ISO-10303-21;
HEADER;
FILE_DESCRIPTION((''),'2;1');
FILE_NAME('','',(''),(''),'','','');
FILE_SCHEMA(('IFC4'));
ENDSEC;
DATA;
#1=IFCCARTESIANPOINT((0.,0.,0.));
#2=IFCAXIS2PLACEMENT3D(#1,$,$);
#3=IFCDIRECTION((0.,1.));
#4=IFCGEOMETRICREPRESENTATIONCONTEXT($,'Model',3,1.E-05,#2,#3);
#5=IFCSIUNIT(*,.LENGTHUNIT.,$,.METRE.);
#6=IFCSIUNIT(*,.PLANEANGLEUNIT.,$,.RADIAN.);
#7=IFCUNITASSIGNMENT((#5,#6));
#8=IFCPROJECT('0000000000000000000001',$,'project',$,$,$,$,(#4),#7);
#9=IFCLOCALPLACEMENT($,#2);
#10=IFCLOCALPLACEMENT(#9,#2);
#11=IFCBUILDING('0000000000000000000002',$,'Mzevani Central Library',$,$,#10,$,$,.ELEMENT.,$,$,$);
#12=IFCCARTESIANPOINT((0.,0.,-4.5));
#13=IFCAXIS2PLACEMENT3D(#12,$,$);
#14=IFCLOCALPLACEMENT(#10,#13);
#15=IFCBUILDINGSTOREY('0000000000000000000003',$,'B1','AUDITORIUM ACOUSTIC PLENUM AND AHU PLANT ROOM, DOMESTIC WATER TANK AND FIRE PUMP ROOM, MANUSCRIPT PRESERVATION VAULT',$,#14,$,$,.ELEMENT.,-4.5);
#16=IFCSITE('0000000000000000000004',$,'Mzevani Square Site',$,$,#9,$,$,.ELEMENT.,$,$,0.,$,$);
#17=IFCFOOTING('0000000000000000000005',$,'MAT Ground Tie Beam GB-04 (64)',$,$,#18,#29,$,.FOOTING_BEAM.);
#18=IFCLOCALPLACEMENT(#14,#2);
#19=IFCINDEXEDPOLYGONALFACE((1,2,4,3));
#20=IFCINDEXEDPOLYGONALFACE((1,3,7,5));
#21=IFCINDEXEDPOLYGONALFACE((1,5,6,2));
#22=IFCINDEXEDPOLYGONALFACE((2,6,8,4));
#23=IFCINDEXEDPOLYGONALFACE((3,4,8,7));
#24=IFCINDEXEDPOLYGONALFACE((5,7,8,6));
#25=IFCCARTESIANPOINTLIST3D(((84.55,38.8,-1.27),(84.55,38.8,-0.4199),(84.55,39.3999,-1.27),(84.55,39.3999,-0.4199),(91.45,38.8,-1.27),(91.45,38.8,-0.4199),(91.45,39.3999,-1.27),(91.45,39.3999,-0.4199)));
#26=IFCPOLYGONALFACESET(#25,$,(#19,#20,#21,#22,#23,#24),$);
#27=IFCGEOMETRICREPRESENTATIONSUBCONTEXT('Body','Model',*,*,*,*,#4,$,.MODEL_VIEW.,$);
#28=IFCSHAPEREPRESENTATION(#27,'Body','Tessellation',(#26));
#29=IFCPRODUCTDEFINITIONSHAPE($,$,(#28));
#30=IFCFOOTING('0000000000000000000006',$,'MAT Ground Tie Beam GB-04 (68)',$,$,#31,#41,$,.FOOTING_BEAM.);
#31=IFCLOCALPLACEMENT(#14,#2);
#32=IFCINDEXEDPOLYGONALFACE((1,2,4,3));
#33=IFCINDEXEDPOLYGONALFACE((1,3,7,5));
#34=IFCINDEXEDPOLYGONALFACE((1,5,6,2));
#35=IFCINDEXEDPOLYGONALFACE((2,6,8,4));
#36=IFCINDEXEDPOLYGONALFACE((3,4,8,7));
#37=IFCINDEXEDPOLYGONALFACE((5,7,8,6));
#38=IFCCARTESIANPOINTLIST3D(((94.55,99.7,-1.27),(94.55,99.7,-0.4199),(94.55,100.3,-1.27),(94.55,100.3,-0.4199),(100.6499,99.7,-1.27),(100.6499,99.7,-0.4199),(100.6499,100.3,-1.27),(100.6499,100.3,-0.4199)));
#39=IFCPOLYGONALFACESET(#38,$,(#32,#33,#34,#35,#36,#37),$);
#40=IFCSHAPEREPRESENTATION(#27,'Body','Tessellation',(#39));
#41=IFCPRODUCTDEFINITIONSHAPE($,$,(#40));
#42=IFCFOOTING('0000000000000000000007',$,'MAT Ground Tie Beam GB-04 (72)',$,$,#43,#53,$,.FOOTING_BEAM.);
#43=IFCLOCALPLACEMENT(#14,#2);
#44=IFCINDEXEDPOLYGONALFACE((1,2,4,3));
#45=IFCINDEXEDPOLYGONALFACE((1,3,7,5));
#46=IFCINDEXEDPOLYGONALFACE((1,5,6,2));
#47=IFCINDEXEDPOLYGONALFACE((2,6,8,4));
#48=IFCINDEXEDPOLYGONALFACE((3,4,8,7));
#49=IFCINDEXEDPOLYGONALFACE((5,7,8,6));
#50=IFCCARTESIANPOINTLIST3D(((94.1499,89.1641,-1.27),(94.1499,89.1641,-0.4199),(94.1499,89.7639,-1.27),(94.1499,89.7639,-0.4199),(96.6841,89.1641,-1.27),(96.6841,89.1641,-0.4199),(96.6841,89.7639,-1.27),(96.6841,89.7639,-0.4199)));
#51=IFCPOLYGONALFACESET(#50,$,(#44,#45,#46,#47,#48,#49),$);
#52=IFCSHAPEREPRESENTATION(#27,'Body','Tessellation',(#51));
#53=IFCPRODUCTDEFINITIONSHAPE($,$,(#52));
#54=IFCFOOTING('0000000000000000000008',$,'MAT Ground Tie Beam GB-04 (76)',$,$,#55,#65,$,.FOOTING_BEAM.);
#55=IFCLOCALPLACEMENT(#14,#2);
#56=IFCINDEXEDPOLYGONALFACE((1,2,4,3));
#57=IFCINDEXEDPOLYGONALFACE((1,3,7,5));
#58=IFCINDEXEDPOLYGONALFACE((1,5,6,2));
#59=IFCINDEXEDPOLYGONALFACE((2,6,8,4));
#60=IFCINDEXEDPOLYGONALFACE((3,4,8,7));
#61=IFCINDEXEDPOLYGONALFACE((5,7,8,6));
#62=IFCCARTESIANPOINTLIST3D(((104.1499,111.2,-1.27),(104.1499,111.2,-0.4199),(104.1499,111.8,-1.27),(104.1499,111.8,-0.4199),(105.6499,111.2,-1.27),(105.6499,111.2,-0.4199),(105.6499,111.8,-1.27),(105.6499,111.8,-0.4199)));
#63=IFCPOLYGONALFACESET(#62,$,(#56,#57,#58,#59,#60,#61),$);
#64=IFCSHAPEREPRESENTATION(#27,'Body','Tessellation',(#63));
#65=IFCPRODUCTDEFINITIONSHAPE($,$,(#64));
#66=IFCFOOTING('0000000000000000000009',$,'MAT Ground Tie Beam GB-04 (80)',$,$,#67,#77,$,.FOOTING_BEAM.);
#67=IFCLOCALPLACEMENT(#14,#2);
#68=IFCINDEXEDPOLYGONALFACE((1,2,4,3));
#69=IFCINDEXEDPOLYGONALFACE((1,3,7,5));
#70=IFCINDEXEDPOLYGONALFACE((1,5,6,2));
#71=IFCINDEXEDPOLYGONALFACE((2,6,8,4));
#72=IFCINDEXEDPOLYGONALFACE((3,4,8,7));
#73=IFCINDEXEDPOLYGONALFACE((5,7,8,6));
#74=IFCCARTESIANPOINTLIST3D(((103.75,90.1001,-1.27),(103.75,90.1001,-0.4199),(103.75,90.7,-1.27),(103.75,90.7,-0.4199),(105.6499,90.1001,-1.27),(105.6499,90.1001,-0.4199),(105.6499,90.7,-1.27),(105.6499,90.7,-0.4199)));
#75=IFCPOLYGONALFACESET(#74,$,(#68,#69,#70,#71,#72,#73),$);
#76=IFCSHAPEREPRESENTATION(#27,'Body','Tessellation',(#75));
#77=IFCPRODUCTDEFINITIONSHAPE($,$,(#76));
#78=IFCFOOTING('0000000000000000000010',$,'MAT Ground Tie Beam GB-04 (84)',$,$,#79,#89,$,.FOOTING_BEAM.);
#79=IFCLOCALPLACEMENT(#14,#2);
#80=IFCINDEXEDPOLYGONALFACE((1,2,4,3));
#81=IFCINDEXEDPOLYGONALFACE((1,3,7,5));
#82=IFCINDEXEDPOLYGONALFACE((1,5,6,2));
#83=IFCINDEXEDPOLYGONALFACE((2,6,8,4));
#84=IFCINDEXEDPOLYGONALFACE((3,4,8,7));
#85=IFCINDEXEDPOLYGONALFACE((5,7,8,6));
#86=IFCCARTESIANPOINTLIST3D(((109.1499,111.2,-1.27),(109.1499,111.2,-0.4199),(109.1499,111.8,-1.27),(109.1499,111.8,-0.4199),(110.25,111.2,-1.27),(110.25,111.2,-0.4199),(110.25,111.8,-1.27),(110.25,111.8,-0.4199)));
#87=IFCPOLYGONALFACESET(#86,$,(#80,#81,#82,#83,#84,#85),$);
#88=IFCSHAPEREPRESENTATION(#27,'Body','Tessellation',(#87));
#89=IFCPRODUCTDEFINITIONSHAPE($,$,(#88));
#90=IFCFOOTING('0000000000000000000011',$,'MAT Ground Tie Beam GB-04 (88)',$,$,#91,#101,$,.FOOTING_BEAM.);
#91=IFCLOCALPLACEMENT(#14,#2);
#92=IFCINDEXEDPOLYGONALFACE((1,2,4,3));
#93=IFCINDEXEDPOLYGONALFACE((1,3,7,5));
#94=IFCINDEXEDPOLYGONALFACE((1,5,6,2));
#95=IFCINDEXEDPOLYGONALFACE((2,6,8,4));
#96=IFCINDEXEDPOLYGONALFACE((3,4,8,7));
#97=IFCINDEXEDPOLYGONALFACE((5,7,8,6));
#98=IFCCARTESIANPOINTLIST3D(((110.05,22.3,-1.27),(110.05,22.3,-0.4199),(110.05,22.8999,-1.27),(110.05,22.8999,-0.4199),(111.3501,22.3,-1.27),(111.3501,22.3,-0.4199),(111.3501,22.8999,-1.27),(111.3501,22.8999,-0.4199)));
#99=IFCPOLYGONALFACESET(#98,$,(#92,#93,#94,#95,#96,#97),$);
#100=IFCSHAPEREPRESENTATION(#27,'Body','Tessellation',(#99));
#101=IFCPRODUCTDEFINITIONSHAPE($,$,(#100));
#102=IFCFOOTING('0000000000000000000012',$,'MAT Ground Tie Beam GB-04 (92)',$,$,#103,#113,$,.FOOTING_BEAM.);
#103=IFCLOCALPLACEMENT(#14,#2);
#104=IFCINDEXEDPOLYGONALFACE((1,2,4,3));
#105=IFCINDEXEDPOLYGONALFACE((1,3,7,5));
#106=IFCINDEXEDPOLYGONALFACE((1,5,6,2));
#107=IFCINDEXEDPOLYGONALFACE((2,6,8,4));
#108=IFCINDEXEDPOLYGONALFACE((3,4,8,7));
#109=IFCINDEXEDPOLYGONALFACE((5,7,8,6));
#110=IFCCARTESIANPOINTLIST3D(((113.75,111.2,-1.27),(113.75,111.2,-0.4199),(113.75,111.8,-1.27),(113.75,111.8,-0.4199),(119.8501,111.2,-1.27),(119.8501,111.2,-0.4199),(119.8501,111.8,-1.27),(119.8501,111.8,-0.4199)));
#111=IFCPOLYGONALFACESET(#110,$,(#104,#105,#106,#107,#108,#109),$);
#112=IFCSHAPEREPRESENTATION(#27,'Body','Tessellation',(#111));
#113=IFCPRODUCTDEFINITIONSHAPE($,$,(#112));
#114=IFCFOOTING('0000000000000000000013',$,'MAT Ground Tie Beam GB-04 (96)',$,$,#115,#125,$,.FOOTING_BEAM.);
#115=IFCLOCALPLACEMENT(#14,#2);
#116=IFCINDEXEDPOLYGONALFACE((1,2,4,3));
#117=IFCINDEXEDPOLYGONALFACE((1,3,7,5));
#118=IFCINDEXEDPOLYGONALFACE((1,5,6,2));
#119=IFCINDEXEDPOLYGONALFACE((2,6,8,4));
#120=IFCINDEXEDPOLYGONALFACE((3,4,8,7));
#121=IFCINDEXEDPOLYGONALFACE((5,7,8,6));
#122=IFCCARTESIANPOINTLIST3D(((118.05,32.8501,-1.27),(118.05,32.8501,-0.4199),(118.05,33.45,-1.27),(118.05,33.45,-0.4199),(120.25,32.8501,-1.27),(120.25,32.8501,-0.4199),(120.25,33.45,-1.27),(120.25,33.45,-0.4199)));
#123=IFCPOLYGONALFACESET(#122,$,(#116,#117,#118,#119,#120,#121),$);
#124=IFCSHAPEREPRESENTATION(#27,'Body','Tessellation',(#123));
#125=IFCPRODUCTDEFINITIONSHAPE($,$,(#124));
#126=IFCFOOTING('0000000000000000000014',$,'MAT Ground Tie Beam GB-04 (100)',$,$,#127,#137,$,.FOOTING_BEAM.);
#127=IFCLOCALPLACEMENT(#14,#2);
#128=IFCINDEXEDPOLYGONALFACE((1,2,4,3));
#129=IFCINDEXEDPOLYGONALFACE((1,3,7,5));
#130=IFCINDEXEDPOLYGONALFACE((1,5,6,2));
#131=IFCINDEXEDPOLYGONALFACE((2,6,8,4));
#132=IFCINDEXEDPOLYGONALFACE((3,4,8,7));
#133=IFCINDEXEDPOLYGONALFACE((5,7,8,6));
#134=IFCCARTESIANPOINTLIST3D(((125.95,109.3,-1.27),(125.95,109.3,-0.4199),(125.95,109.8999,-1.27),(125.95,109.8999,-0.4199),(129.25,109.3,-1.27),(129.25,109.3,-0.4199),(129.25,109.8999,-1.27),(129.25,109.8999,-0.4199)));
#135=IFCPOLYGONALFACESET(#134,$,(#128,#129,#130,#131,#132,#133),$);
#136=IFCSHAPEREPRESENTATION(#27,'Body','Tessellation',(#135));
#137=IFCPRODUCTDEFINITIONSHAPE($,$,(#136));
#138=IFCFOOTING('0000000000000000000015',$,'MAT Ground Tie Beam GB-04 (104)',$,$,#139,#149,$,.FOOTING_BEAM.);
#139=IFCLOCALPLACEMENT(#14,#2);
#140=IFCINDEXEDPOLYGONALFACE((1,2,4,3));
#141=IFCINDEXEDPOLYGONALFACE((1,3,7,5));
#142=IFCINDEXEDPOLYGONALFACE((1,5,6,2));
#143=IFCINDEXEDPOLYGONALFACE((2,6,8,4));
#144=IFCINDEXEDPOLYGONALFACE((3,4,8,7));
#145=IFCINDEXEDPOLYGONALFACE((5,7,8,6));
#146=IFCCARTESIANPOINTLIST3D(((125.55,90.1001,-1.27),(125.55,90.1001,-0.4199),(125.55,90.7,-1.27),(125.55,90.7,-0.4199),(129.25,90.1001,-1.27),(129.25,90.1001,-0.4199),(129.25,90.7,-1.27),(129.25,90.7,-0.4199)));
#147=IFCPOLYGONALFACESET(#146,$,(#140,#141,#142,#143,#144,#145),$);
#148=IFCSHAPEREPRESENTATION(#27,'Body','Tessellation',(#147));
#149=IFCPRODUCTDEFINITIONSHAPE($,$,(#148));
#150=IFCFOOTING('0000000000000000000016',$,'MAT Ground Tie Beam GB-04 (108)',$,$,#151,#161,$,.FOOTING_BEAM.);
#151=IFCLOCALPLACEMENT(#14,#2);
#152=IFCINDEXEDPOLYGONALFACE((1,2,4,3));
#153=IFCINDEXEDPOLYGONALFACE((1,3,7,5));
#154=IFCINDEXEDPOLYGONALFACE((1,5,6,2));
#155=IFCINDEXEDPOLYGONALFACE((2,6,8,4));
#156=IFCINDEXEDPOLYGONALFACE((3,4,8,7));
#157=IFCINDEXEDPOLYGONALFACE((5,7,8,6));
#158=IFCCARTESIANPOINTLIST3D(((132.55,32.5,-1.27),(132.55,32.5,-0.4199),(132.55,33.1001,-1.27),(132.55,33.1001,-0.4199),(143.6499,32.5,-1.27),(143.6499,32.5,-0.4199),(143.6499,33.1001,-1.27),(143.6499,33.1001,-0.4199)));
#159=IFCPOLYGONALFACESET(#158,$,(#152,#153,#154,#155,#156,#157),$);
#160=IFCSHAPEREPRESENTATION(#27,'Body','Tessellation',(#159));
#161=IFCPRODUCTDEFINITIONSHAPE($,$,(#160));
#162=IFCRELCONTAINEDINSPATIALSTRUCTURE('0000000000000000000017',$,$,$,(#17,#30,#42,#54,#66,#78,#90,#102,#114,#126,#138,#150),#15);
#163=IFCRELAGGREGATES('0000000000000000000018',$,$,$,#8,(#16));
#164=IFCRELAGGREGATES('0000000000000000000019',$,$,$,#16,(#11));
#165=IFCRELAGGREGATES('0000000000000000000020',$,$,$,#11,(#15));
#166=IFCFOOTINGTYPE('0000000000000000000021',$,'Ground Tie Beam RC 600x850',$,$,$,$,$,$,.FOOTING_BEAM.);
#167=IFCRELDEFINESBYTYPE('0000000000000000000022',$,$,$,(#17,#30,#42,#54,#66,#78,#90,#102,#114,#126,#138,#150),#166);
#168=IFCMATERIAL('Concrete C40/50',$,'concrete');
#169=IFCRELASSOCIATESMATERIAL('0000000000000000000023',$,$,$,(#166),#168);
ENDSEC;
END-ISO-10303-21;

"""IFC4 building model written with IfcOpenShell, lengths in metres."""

from ifc_helpers import new_model, si_unit, direction, frame, origin, place, context, subcontext, project, spatial, polyline, outline, extrude, material, type_object, element, save


model = new_model("IFC4")

# Units and contexts
model_context = context("Model", 3, precision=1e-05, world=origin(), true_north=direction((0.0, 1.0)))
body_context = subcontext(model_context, "Body", "Model", "MODEL_VIEW")
ifc_project = project(units=[si_unit("LENGTHUNIT", "METRE"), si_unit("PLANEANGLEUNIT", "RADIAN")], contexts=[model_context])

# Site, building, storey
site_placement = place(None, origin())
site = spatial("IfcSite", under=ifc_project, at=site_placement, Name="Mzevani Square Site", CompositionType="ELEMENT", RefElevation=0.0)
building_placement = place(site_placement, origin())
building = spatial("IfcBuilding", under=site, at=building_placement, Name="Mzevani Central Library", CompositionType="ELEMENT")
storey_placement = place(building_placement, frame((0.0, 0.0, -4.5)))
storey = spatial("IfcBuildingStorey", under=building, at=storey_placement, Name="B1", Description="AUDITORIUM ACOUSTIC PLENUM AND AHU PLANT ROOM, DOMESTIC WATER TANK AND FIRE PUMP ROOM, MANUSCRIPT PRESERVATION VAULT", CompositionType="ELEMENT", Elevation=-4.5)

# Footings
ifc_material = material(Name="Concrete C40/50", Category="concrete")
footing_type = type_object("IfcFootingType", Name="Ground Tie Beam RC 600x850", PredefinedType="FOOTING_BEAM", material=ifc_material)
footing_1_placement = place(storey_placement, frame((0.0, 0.0, -1.27)))
element("IfcFooting", 1, at=footing_1_placement, inside=storey, type_object=footing_type, Name="MAT Ground Tie Beam GB-04 (64)", PredefinedType="FOOTING_BEAM", context=body_context, shape_type="SweptSolid", body=[
    extrude(outline(polyline([(84.55, 38.8), (91.45, 38.8), (91.45, 39.3999), (84.55, 39.3999), (84.55, 38.8)])), origin(), (0.0, 0.0, 1.0), 0.8501),
])
footing_2_placement = place(storey_placement, frame((0.0, 0.0, -1.27)))
element("IfcFooting", 2, at=footing_2_placement, inside=storey, type_object=footing_type, Name="MAT Ground Tie Beam GB-04 (68)", PredefinedType="FOOTING_BEAM", context=body_context, shape_type="SweptSolid", body=[
    extrude(outline(polyline([(94.55, 99.7), (100.6499, 99.7), (100.6499, 100.3), (94.55, 100.3), (94.55, 99.7)])), origin(), (0.0, 0.0, 1.0), 0.8501),
])
footing_3_placement = place(storey_placement, frame((0.0, 0.0, -1.27)))
element("IfcFooting", 3, at=footing_3_placement, inside=storey, type_object=footing_type, Name="MAT Ground Tie Beam GB-04 (72)", PredefinedType="FOOTING_BEAM", context=body_context, shape_type="SweptSolid", body=[
    extrude(outline(polyline([(94.1499, 89.1641), (96.6841, 89.1641), (96.6841, 89.7639), (94.1499, 89.7639), (94.1499, 89.1641)])), origin(), (0.0, 0.0, 1.0), 0.8501),
])
footing_4_placement = place(storey_placement, frame((0.0, 0.0, -1.27)))
element("IfcFooting", 4, at=footing_4_placement, inside=storey, type_object=footing_type, Name="MAT Ground Tie Beam GB-04 (76)", PredefinedType="FOOTING_BEAM", context=body_context, shape_type="SweptSolid", body=[
    extrude(outline(polyline([(104.1499, 111.2), (105.6499, 111.2), (105.6499, 111.8), (104.1499, 111.8), (104.1499, 111.2)])), origin(), (0.0, 0.0, 1.0), 0.8501),
])
footing_5_placement = place(storey_placement, frame((0.0, 0.0, -1.27)))
element("IfcFooting", 5, at=footing_5_placement, inside=storey, type_object=footing_type, Name="MAT Ground Tie Beam GB-04 (80)", PredefinedType="FOOTING_BEAM", context=body_context, shape_type="SweptSolid", body=[
    extrude(outline(polyline([(103.75, 90.1001), (105.6499, 90.1001), (105.6499, 90.7), (103.75, 90.7), (103.75, 90.1001)])), origin(), (0.0, 0.0, 1.0), 0.8501),
])
footing_6_placement = place(storey_placement, frame((0.0, 0.0, -1.27)))
element("IfcFooting", 6, at=footing_6_placement, inside=storey, type_object=footing_type, Name="MAT Ground Tie Beam GB-04 (84)", PredefinedType="FOOTING_BEAM", context=body_context, shape_type="SweptSolid", body=[
    extrude(outline(polyline([(109.1499, 111.2), (110.25, 111.2), (110.25, 111.8), (109.1499, 111.8), (109.1499, 111.2)])), origin(), (0.0, 0.0, 1.0), 0.8501),
])
footing_7_placement = place(storey_placement, frame((0.0, 0.0, -1.27)))
element("IfcFooting", 7, at=footing_7_placement, inside=storey, type_object=footing_type, Name="MAT Ground Tie Beam GB-04 (88)", PredefinedType="FOOTING_BEAM", context=body_context, shape_type="SweptSolid", body=[
    extrude(outline(polyline([(110.05, 22.3), (111.3501, 22.3), (111.3501, 22.8999), (110.05, 22.8999), (110.05, 22.3)])), origin(), (0.0, 0.0, 1.0), 0.8501),
])
footing_8_placement = place(storey_placement, frame((0.0, 0.0, -1.27)))
element("IfcFooting", 8, at=footing_8_placement, inside=storey, type_object=footing_type, Name="MAT Ground Tie Beam GB-04 (92)", PredefinedType="FOOTING_BEAM", context=body_context, shape_type="SweptSolid", body=[
    extrude(outline(polyline([(113.75, 111.2), (119.8501, 111.2), (119.8501, 111.8), (113.75, 111.8), (113.75, 111.2)])), origin(), (0.0, 0.0, 1.0), 0.8501),
])
footing_9_placement = place(storey_placement, frame((0.0, 0.0, -1.27)))
element("IfcFooting", 9, at=footing_9_placement, inside=storey, type_object=footing_type, Name="MAT Ground Tie Beam GB-04 (96)", PredefinedType="FOOTING_BEAM", context=body_context, shape_type="SweptSolid", body=[
    extrude(outline(polyline([(118.05, 32.8501), (120.25, 32.8501), (120.25, 33.45), (118.05, 33.45), (118.05, 32.8501)])), origin(), (0.0, 0.0, 1.0), 0.8501),
])
footing_10_placement = place(storey_placement, frame((0.0, 0.0, -1.27)))
element("IfcFooting", 10, at=footing_10_placement, inside=storey, type_object=footing_type, Name="MAT Ground Tie Beam GB-04 (100)", PredefinedType="FOOTING_BEAM", context=body_context, shape_type="SweptSolid", body=[
    extrude(outline(polyline([(125.95, 109.3), (129.25, 109.3), (129.25, 109.8999), (125.95, 109.8999), (125.95, 109.3)])), origin(), (0.0, 0.0, 1.0), 0.8501),
])
footing_11_placement = place(storey_placement, frame((0.0, 0.0, -1.27)))
element("IfcFooting", 11, at=footing_11_placement, inside=storey, type_object=footing_type, Name="MAT Ground Tie Beam GB-04 (104)", PredefinedType="FOOTING_BEAM", context=body_context, shape_type="SweptSolid", body=[
    extrude(outline(polyline([(125.55, 90.1001), (129.25, 90.1001), (129.25, 90.7), (125.55, 90.7), (125.55, 90.1001)])), origin(), (0.0, 0.0, 1.0), 0.8501),
])
footing_12_placement = place(storey_placement, frame((0.0, 0.0, -1.27)))
element("IfcFooting", 12, at=footing_12_placement, inside=storey, type_object=footing_type, Name="MAT Ground Tie Beam GB-04 (108)", PredefinedType="FOOTING_BEAM", context=body_context, shape_type="SweptSolid", body=[
    extrude(outline(polyline([(132.55, 32.5), (143.6499, 32.5), (143.6499, 33.1001), (132.55, 33.1001), (132.55, 32.5)])), origin(), (0.0, 0.0, 1.0), 0.8501),
])

save(model, "model.ifc")
